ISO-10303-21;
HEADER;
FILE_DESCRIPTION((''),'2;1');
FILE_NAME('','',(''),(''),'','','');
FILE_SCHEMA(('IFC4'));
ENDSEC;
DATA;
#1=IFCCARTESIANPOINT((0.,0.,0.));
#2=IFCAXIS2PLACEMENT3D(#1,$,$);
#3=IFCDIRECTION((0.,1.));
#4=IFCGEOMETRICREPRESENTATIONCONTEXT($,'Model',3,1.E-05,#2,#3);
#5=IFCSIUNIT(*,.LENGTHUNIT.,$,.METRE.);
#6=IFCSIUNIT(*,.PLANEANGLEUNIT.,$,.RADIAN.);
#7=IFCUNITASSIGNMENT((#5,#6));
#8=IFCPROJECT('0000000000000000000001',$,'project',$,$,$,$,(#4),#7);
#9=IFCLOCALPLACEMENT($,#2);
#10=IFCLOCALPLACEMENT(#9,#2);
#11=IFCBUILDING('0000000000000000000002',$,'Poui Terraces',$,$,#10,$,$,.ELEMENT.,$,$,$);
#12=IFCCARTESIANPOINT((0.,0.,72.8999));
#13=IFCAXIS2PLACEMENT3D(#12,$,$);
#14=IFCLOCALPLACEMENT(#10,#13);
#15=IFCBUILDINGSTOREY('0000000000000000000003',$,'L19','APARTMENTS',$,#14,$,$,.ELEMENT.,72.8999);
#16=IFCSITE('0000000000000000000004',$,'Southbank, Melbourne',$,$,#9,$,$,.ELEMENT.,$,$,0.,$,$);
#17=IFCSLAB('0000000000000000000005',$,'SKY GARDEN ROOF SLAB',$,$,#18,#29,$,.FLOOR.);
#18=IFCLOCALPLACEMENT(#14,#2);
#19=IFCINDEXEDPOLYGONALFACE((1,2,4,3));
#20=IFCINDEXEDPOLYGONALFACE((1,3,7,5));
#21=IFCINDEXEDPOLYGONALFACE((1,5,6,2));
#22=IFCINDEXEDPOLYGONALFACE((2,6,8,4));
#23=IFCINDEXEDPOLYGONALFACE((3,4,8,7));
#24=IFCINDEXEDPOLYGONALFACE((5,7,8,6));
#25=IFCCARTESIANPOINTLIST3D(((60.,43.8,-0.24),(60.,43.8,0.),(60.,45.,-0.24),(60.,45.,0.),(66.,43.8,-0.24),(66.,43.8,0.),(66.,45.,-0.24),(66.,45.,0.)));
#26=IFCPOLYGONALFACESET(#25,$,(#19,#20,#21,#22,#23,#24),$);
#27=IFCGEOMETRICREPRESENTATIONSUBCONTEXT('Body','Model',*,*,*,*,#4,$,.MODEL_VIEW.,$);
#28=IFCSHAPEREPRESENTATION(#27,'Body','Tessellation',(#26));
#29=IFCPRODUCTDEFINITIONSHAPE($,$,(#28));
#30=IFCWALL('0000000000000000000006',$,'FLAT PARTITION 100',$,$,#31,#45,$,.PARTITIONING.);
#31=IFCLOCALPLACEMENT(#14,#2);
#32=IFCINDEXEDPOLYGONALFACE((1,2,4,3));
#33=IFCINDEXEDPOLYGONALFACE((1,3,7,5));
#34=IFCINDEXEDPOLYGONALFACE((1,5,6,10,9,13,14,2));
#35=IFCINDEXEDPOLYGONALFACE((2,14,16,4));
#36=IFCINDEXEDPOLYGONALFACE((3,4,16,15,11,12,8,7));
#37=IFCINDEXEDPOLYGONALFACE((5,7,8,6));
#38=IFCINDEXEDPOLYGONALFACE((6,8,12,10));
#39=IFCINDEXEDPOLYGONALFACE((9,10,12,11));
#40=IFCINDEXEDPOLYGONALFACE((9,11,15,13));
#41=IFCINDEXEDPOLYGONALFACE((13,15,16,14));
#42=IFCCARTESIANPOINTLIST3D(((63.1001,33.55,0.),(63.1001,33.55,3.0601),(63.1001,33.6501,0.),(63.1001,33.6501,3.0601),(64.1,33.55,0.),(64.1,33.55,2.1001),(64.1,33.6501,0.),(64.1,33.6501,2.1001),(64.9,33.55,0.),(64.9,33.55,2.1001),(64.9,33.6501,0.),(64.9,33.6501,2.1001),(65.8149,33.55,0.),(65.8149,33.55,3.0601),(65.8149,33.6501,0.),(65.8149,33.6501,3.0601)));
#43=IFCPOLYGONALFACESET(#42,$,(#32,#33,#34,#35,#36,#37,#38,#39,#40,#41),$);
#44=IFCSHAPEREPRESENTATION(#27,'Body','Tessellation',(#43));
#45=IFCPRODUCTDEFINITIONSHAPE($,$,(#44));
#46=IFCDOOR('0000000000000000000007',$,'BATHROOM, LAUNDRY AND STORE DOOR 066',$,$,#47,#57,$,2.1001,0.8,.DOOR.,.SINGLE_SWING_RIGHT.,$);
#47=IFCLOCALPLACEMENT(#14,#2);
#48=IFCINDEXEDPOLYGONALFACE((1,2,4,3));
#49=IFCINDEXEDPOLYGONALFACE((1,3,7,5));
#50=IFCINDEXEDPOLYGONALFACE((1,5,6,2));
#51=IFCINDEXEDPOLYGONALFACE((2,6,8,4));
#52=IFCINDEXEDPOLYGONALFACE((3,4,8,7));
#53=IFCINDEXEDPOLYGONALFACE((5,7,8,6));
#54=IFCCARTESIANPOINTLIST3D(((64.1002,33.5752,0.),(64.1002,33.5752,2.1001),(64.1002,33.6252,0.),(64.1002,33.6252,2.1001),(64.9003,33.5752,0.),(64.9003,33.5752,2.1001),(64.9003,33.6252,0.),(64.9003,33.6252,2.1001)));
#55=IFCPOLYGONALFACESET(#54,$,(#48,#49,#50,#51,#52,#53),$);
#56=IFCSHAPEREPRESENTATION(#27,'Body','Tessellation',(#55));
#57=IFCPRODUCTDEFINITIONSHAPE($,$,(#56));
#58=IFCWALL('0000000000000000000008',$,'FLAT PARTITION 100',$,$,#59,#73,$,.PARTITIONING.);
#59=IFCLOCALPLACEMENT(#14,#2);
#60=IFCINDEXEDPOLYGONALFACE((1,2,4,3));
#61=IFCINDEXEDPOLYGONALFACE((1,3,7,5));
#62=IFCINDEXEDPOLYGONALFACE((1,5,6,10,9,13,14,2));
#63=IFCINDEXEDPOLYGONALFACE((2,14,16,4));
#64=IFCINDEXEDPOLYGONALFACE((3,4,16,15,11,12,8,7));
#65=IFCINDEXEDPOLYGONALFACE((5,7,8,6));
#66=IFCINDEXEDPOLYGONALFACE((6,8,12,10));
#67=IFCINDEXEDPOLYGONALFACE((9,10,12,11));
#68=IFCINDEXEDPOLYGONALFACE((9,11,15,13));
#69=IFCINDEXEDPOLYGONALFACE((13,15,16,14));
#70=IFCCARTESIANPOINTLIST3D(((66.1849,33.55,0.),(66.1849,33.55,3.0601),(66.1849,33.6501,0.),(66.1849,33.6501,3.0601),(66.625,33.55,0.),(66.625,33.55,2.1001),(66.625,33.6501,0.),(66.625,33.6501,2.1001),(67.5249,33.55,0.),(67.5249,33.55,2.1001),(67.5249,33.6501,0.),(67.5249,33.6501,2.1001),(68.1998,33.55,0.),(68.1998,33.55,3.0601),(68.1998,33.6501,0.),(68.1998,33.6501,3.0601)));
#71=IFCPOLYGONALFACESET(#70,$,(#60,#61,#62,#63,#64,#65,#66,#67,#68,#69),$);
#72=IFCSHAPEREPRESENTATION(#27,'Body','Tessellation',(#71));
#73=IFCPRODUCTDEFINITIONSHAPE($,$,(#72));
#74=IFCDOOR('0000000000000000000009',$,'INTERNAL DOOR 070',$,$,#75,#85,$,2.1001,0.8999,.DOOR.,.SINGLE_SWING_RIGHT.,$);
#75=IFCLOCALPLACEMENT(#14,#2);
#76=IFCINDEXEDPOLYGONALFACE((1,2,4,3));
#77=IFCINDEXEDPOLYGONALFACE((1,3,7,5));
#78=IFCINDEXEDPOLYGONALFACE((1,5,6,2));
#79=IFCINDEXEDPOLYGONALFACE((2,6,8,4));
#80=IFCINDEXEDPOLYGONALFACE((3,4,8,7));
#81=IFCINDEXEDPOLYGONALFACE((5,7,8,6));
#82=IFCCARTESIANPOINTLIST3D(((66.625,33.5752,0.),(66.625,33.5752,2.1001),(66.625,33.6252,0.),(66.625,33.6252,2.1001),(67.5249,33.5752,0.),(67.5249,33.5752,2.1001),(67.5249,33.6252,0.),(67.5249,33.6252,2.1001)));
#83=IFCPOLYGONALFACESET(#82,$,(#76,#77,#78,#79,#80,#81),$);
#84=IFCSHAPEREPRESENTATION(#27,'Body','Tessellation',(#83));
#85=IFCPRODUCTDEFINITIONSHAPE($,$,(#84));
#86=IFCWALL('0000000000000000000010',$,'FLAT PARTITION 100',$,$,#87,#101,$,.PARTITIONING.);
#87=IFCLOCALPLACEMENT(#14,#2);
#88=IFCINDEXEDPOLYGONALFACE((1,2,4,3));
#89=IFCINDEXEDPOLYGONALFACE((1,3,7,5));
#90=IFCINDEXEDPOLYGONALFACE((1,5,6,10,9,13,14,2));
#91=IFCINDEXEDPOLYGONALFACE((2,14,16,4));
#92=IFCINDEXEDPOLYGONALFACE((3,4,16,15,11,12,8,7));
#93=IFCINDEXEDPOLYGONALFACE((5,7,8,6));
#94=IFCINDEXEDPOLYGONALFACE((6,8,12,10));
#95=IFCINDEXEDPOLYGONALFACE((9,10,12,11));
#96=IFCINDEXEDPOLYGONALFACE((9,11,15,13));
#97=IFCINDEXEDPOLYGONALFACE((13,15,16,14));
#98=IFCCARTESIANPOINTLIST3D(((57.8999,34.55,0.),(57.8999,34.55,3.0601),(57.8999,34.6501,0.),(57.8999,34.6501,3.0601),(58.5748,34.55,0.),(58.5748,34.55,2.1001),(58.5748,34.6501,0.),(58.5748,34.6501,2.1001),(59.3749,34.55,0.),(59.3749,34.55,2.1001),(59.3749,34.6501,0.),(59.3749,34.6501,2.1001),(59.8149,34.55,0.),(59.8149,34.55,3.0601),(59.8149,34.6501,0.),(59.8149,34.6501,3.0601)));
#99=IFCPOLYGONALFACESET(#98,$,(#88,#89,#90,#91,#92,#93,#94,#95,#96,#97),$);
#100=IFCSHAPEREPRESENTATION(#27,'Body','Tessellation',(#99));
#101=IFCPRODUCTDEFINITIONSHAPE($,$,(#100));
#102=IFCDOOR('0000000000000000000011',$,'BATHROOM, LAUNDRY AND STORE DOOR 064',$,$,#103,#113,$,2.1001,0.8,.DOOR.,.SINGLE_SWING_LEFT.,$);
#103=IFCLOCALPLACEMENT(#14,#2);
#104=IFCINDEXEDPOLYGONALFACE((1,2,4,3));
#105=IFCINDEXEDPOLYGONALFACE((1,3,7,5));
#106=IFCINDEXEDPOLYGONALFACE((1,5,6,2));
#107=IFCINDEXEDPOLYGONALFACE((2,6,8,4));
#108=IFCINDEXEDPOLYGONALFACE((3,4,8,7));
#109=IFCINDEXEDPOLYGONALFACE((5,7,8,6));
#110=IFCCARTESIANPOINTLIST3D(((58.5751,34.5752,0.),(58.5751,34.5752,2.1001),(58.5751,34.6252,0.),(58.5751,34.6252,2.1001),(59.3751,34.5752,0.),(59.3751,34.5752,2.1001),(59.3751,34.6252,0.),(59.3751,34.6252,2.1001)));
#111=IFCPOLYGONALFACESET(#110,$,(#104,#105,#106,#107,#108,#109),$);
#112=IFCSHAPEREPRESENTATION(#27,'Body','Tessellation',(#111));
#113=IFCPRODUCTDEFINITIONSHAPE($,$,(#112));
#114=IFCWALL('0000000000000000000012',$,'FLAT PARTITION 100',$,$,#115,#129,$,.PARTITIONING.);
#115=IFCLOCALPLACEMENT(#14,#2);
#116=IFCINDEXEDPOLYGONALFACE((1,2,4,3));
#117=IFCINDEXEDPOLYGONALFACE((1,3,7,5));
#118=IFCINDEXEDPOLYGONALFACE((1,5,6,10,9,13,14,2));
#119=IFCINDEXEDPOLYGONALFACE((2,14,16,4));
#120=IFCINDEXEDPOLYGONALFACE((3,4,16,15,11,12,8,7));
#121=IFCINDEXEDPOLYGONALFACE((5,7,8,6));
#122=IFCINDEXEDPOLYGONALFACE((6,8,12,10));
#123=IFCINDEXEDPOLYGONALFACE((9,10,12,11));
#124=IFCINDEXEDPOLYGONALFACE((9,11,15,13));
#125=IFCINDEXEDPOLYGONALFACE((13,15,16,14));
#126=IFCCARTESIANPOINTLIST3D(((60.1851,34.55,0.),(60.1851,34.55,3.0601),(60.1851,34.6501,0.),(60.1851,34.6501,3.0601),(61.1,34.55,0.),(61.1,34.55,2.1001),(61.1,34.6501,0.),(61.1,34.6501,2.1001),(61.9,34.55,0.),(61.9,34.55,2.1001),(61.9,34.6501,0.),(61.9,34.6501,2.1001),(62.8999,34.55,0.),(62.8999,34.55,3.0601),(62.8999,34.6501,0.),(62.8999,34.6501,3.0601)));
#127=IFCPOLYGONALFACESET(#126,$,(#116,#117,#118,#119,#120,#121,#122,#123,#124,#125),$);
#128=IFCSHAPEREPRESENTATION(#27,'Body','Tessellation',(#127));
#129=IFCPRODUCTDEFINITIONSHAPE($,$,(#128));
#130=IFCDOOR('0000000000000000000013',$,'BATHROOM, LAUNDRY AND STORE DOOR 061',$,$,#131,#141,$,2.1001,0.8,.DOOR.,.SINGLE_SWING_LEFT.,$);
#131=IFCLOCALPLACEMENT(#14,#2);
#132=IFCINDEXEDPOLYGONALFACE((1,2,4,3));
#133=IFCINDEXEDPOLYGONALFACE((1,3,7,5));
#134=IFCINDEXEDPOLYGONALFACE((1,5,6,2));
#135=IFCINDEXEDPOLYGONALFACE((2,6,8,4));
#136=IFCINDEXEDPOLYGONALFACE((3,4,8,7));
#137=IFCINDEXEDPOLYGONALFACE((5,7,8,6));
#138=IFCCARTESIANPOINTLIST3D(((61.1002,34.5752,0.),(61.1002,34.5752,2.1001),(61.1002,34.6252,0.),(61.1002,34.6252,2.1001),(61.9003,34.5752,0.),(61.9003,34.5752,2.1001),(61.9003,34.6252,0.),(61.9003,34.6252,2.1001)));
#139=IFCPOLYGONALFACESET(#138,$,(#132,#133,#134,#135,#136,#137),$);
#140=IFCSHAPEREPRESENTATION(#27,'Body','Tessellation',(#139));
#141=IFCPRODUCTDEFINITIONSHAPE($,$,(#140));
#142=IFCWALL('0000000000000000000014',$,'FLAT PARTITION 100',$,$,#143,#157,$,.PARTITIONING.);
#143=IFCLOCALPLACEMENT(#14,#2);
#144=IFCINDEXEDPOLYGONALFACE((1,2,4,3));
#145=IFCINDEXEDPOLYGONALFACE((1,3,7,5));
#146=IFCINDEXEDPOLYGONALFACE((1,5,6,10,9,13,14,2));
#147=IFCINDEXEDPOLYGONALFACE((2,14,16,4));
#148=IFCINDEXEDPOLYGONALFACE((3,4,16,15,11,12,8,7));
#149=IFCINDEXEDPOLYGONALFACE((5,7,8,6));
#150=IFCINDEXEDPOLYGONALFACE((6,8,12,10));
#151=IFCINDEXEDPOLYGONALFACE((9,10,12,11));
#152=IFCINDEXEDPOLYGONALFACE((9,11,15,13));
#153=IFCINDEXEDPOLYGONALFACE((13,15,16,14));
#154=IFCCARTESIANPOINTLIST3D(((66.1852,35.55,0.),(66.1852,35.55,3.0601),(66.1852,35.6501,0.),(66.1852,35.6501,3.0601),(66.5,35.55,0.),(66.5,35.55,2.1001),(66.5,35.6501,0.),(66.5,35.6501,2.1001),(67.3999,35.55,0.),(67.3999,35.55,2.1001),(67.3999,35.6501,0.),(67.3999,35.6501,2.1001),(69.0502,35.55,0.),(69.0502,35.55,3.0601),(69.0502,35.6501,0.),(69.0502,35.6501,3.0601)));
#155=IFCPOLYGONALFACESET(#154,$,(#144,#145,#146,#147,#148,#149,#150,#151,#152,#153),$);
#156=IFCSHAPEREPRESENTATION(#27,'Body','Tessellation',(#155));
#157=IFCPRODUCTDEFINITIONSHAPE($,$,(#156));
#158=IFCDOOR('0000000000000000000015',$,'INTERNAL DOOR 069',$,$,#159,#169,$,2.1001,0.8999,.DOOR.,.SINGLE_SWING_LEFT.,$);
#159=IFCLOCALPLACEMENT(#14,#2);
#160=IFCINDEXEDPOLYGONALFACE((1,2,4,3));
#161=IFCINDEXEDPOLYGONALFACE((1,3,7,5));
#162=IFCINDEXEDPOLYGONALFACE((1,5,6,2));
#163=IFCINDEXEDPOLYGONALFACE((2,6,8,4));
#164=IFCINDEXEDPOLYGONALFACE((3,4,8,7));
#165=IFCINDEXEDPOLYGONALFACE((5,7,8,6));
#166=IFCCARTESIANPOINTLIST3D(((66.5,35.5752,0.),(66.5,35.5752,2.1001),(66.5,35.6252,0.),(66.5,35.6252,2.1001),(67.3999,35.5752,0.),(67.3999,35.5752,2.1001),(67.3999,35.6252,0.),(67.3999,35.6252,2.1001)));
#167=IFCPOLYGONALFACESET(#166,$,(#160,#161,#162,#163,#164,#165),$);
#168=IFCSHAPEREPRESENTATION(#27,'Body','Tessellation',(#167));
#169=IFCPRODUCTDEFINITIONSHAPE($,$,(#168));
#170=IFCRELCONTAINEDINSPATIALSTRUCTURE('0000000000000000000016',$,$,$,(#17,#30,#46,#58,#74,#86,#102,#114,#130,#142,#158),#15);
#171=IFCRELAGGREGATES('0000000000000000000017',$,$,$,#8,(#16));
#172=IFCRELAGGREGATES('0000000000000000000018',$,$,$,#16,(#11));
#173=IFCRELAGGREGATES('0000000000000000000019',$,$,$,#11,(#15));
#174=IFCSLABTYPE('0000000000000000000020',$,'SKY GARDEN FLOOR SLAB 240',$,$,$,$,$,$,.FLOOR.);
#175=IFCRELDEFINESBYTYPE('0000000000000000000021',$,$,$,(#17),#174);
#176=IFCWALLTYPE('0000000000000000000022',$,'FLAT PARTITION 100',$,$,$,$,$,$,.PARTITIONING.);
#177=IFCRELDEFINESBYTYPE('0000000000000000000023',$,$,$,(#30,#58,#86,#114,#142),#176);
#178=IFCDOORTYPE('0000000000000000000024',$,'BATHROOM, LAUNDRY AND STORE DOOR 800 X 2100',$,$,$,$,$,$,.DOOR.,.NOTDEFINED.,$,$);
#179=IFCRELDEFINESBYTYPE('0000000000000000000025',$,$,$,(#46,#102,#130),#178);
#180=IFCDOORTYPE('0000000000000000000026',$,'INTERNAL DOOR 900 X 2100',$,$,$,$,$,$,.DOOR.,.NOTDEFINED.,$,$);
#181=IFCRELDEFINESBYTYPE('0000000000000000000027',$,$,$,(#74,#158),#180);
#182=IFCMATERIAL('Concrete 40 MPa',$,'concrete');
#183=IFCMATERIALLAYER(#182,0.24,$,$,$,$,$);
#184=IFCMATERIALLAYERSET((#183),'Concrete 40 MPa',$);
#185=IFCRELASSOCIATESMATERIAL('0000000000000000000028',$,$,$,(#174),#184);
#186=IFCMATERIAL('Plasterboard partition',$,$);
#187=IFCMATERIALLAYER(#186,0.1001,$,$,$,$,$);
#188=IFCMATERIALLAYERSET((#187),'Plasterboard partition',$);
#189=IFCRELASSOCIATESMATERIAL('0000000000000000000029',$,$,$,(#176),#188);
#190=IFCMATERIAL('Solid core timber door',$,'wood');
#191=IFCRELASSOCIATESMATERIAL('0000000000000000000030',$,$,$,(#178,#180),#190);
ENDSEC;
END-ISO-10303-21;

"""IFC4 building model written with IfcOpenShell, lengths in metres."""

from ifc_helpers import new_model, si_unit, direction, frame, frame_2d, origin, place, context, subcontext, project, spatial, polyline, rectangle, outline, extrude, source, transform, mapped, material, layer, layer_set, type_object, element, fill, save


model = new_model("IFC4")

# Units and contexts
model_context = context("Model", 3, precision=1e-05, world=origin(), true_north=direction((0.0, 1.0)))
body_context = subcontext(model_context, "Body", "Model", "MODEL_VIEW")
ifc_project = project(units=[si_unit("LENGTHUNIT", "METRE"), si_unit("PLANEANGLEUNIT", "RADIAN")], contexts=[model_context])

# Site, building, storey
site_placement = place(None, origin())
site = spatial("IfcSite", under=ifc_project, at=site_placement, Name="Southbank, Melbourne", CompositionType="ELEMENT", RefElevation=0.0)
building_placement = place(site_placement, origin())
building = spatial("IfcBuilding", under=site, at=building_placement, Name="Poui Terraces", CompositionType="ELEMENT")
storey_placement = place(building_placement, frame((0.0, 0.0, 72.8999)))
storey = spatial("IfcBuildingStorey", under=building, at=storey_placement, Name="L19", Description="APARTMENTS", CompositionType="ELEMENT", Elevation=72.8999)

# Slab
ifc_material_1 = material(Name="Concrete 40 MPa", Category="concrete")
ifc_layer_1 = layer(ifc_material_1, 0.24)
ifc_layer_set_1 = layer_set([ifc_layer_1], Name="Concrete 40 MPa")
slab_type = type_object("IfcSlabType", Name="SKY GARDEN FLOOR SLAB 240", PredefinedType="FLOOR", material=ifc_layer_set_1)
shared_shape_1 = source(origin(), body_context, "Body", "SweptSolid", [
    extrude(outline(polyline([(0.0, 0.0), (0.0, 1.2), (-6.0, 1.2), (-6.0, 0.0), (0.0, 0.0)])), origin(), (0.0, 0.0, 1.0), 0.24),
])
slab_placement = place(storey_placement, frame((66.0, 43.8, -0.24)))
element("IfcSlab", 1, at=slab_placement, inside=storey, type_object=slab_type, Name="SKY GARDEN ROOF SLAB", PredefinedType="FLOOR", context=body_context, shape_type="MappedRepresentation", body=[
    mapped(shared_shape_1, transform((0.0, 0.0, 0.0))),
])

# Walls, openings, doors
ifc_material_2 = material(Name="Plasterboard partition")
ifc_layer_2 = layer(ifc_material_2, 0.1001)
ifc_layer_set_2 = layer_set([ifc_layer_2], Name="Plasterboard partition")
wall_type_1 = type_object("IfcWallType", Name="FLAT PARTITION 100", PredefinedType="PARTITIONING", material=ifc_layer_set_2)
wall_1_placement = place(storey_placement, frame((63.1001, 33.6001, 0.0), z_axis=(0.0, 0.0, 1.0), x_axis=(1.0, 0.0, 0.0)))
wall_1 = element("IfcWall", 2, at=wall_1_placement, inside=storey, type_object=wall_type_1, Name="FLAT PARTITION 100", PredefinedType="PARTITIONING", context=body_context, shape_type="SweptSolid", body=[
    extrude(rectangle(XDim=2.7148, YDim=0.1001, at=frame_2d((1.3574, 0.0))), origin(), (0.0, 0.0, 1.0), 3.0601),
])
opening_1_placement = place(wall_1_placement, frame((1.0, 0.0, 0.0)))
opening_1 = element("IfcOpeningElement", 3, at=opening_1_placement, cuts=wall_1, PredefinedType="OPENING", context=body_context, shape_type="SweptSolid", body=[
    extrude(rectangle(XDim=0.8, YDim=2.1001, at=frame_2d((0.3999, 1.05))), frame((0.0, 0.0601, 0.0), z_axis=(0.0, -1.0, 0.0), x_axis=(1.0, 0.0, 0.0)), (0.0, 0.0, 1.0), 0.1201),
])
ifc_material_3 = material(Name="Solid core timber door", Category="wood")
door_type_1 = type_object("IfcDoorType", Name="BATHROOM, LAUNDRY AND STORE DOOR 800 X 2100", OperationType="NOTDEFINED", PredefinedType="DOOR", material=ifc_material_3)
door_1_placement = place(opening_1_placement, frame((0.8, 0.0, 0.0), z_axis=(0.0, 0.0, 1.0), x_axis=(-1.0, 0.0, 0.0)))
door_1 = element("IfcDoor", 4, at=door_1_placement, inside=storey, type_object=door_type_1, Name="BATHROOM, LAUNDRY AND STORE DOOR 066", OperationType="SINGLE_SWING_RIGHT", OverallHeight=2.1001, OverallWidth=0.8, PredefinedType="DOOR", context=body_context, shape_type="SweptSolid", body=[
    extrude(rectangle(XDim=0.8, YDim=2.1001, at=frame_2d((0.3999, 1.05))), frame((0.0, 0.0249, 0.0), z_axis=(0.0, -1.0, 0.0), x_axis=(1.0, 0.0, 0.0)), (0.0, 0.0, 1.0), 0.05),
])
fill(opening_1, door_1)
wall_2_placement = place(storey_placement, frame((66.1851, 33.6001, 0.0), z_axis=(0.0, 0.0, 1.0), x_axis=(1.0, 0.0, 0.0)))
wall_2 = element("IfcWall", 5, at=wall_2_placement, inside=storey, type_object=wall_type_1, Name="FLAT PARTITION 100", PredefinedType="PARTITIONING", context=body_context, shape_type="SweptSolid", body=[
    extrude(rectangle(XDim=2.0149, YDim=0.1001, at=frame_2d((1.0073, 0.0))), origin(), (0.0, 0.0, 1.0), 3.0601),
])
opening_2_placement = place(wall_2_placement, frame((0.4399, 0.0, 0.0)))
opening_2 = element("IfcOpeningElement", 6, at=opening_2_placement, cuts=wall_2, PredefinedType="OPENING", context=body_context, shape_type="SweptSolid", body=[
    extrude(rectangle(XDim=0.8999, YDim=2.1001, at=frame_2d((0.45, 1.05))), frame((0.0, 0.0601, 0.0), z_axis=(0.0, -1.0, 0.0), x_axis=(1.0, 0.0, 0.0)), (0.0, 0.0, 1.0), 0.1201),
])
door_type_2 = type_object("IfcDoorType", Name="INTERNAL DOOR 900 X 2100", OperationType="NOTDEFINED", PredefinedType="DOOR", material=ifc_material_3)
door_2_placement = place(opening_2_placement, frame((0.8999, 0.0, 0.0), z_axis=(0.0, 0.0, 1.0), x_axis=(-1.0, 0.0, 0.0)))
door_2 = element("IfcDoor", 7, at=door_2_placement, inside=storey, type_object=door_type_2, Name="INTERNAL DOOR 070", OperationType="SINGLE_SWING_RIGHT", OverallHeight=2.1001, OverallWidth=0.8999, PredefinedType="DOOR", context=body_context, shape_type="SweptSolid", body=[
    extrude(rectangle(XDim=0.8999, YDim=2.1001, at=frame_2d((0.45, 1.05))), frame((0.0, 0.0249, 0.0), z_axis=(0.0, -1.0, 0.0), x_axis=(1.0, 0.0, 0.0)), (0.0, 0.0, 1.0), 0.05),
])
fill(opening_2, door_2)
wall_3_placement = place(storey_placement, frame((57.8999, 34.6001, 0.0), z_axis=(0.0, 0.0, 1.0), x_axis=(1.0, 0.0, 0.0)))
wall_3 = element("IfcWall", 8, at=wall_3_placement, inside=storey, type_object=wall_type_1, Name="FLAT PARTITION 100", PredefinedType="PARTITIONING", context=body_context, shape_type="SweptSolid", body=[
    extrude(rectangle(XDim=1.915, YDim=0.1001, at=frame_2d((0.9575, 0.0))), origin(), (0.0, 0.0, 1.0), 3.0601),
])
opening_3_placement = place(wall_3_placement, frame((0.675, 0.0, 0.0)))
opening_3 = element("IfcOpeningElement", 9, at=opening_3_placement, cuts=wall_3, PredefinedType="OPENING", context=body_context, shape_type="SweptSolid", body=[
    extrude(rectangle(XDim=0.8, YDim=2.1001, at=frame_2d((0.3999, 1.05))), frame((0.0, 0.0601, 0.0), z_axis=(0.0, -1.0, 0.0), x_axis=(1.0, 0.0, 0.0)), (0.0, 0.0, 1.0), 0.1201),
])
door_3_placement = place(opening_3_placement, frame((0.8, 0.0, 0.0), z_axis=(0.0, 0.0, 1.0), x_axis=(-1.0, 0.0, 0.0)))
door_3 = element("IfcDoor", 10, at=door_3_placement, inside=storey, type_object=door_type_1, Name="BATHROOM, LAUNDRY AND STORE DOOR 064", OperationType="SINGLE_SWING_LEFT", OverallHeight=2.1001, OverallWidth=0.8, PredefinedType="DOOR", context=body_context, shape_type="SweptSolid", body=[
    extrude(rectangle(XDim=0.8, YDim=2.1001, at=frame_2d((0.3999, 1.05))), frame((0.0, 0.0249, 0.0), z_axis=(0.0, -1.0, 0.0), x_axis=(1.0, 0.0, 0.0)), (0.0, 0.0, 1.0), 0.05),
])
fill(opening_3, door_3)
wall_4_placement = place(storey_placement, frame((60.1851, 34.6001, 0.0), z_axis=(0.0, 0.0, 1.0), x_axis=(1.0, 0.0, 0.0)))
wall_4 = element("IfcWall", 11, at=wall_4_placement, inside=storey, type_object=wall_type_1, Name="FLAT PARTITION 100", PredefinedType="PARTITIONING", context=body_context, shape_type="SweptSolid", body=[
    extrude(rectangle(XDim=2.7148, YDim=0.1001, at=frame_2d((1.3574, 0.0))), origin(), (0.0, 0.0, 1.0), 3.0601),
])
opening_4_placement = place(wall_4_placement, frame((0.915, 0.0, 0.0)))
opening_4 = element("IfcOpeningElement", 12, at=opening_4_placement, cuts=wall_4, PredefinedType="OPENING", context=body_context, shape_type="SweptSolid", body=[
    extrude(rectangle(XDim=0.8, YDim=2.1001, at=frame_2d((0.3999, 1.05))), frame((0.0, 0.0601, 0.0), z_axis=(0.0, -1.0, 0.0), x_axis=(1.0, 0.0, 0.0)), (0.0, 0.0, 1.0), 0.1201),
])
door_4_placement = place(opening_4_placement, frame((0.8, 0.0, 0.0), z_axis=(0.0, 0.0, 1.0), x_axis=(-1.0, 0.0, 0.0)))
door_4 = element("IfcDoor", 13, at=door_4_placement, inside=storey, type_object=door_type_1, Name="BATHROOM, LAUNDRY AND STORE DOOR 061", OperationType="SINGLE_SWING_LEFT", OverallHeight=2.1001, OverallWidth=0.8, PredefinedType="DOOR", context=body_context, shape_type="SweptSolid", body=[
    extrude(rectangle(XDim=0.8, YDim=2.1001, at=frame_2d((0.3999, 1.05))), frame((0.0, 0.0249, 0.0), z_axis=(0.0, -1.0, 0.0), x_axis=(1.0, 0.0, 0.0)), (0.0, 0.0, 1.0), 0.05),
])
fill(opening_4, door_4)
wall_5_placement = place(storey_placement, frame((66.1851, 35.6001, 0.0), z_axis=(0.0, 0.0, 1.0), x_axis=(1.0, 0.0, 0.0)))
wall_5 = element("IfcWall", 14, at=wall_5_placement, inside=storey, type_object=wall_type_1, Name="FLAT PARTITION 100", PredefinedType="PARTITIONING", context=body_context, shape_type="SweptSolid", body=[
    extrude(rectangle(XDim=2.865, YDim=0.1001, at=frame_2d((1.4326, 0.0))), origin(), (0.0, 0.0, 1.0), 3.0601),
])
opening_5_placement = place(wall_5_placement, frame((0.3149, 0.0, 0.0)))
opening_5 = element("IfcOpeningElement", 15, at=opening_5_placement, cuts=wall_5, PredefinedType="OPENING", context=body_context, shape_type="SweptSolid", body=[
    extrude(rectangle(XDim=0.8999, YDim=2.1001, at=frame_2d((0.45, 1.05))), frame((0.0, 0.0601, 0.0), z_axis=(0.0, -1.0, 0.0), x_axis=(1.0, 0.0, 0.0)), (0.0, 0.0, 1.0), 0.1201),
])
door_5_placement = place(opening_5_placement, frame((0.8999, 0.0, 0.0), z_axis=(0.0, 0.0, 1.0), x_axis=(-1.0, 0.0, 0.0)))
door_5 = element("IfcDoor", 16, at=door_5_placement, inside=storey, type_object=door_type_2, Name="INTERNAL DOOR 069", OperationType="SINGLE_SWING_LEFT", OverallHeight=2.1001, OverallWidth=0.8999, PredefinedType="DOOR", context=body_context, shape_type="SweptSolid", body=[
    extrude(rectangle(XDim=0.8999, YDim=2.1001, at=frame_2d((0.45, 1.05))), frame((0.0, 0.0249, 0.0), z_axis=(0.0, -1.0, 0.0), x_axis=(1.0, 0.0, 0.0)), (0.0, 0.0, 1.0), 0.05),
])
fill(opening_5, door_5)

save(model, "model.ifc")
